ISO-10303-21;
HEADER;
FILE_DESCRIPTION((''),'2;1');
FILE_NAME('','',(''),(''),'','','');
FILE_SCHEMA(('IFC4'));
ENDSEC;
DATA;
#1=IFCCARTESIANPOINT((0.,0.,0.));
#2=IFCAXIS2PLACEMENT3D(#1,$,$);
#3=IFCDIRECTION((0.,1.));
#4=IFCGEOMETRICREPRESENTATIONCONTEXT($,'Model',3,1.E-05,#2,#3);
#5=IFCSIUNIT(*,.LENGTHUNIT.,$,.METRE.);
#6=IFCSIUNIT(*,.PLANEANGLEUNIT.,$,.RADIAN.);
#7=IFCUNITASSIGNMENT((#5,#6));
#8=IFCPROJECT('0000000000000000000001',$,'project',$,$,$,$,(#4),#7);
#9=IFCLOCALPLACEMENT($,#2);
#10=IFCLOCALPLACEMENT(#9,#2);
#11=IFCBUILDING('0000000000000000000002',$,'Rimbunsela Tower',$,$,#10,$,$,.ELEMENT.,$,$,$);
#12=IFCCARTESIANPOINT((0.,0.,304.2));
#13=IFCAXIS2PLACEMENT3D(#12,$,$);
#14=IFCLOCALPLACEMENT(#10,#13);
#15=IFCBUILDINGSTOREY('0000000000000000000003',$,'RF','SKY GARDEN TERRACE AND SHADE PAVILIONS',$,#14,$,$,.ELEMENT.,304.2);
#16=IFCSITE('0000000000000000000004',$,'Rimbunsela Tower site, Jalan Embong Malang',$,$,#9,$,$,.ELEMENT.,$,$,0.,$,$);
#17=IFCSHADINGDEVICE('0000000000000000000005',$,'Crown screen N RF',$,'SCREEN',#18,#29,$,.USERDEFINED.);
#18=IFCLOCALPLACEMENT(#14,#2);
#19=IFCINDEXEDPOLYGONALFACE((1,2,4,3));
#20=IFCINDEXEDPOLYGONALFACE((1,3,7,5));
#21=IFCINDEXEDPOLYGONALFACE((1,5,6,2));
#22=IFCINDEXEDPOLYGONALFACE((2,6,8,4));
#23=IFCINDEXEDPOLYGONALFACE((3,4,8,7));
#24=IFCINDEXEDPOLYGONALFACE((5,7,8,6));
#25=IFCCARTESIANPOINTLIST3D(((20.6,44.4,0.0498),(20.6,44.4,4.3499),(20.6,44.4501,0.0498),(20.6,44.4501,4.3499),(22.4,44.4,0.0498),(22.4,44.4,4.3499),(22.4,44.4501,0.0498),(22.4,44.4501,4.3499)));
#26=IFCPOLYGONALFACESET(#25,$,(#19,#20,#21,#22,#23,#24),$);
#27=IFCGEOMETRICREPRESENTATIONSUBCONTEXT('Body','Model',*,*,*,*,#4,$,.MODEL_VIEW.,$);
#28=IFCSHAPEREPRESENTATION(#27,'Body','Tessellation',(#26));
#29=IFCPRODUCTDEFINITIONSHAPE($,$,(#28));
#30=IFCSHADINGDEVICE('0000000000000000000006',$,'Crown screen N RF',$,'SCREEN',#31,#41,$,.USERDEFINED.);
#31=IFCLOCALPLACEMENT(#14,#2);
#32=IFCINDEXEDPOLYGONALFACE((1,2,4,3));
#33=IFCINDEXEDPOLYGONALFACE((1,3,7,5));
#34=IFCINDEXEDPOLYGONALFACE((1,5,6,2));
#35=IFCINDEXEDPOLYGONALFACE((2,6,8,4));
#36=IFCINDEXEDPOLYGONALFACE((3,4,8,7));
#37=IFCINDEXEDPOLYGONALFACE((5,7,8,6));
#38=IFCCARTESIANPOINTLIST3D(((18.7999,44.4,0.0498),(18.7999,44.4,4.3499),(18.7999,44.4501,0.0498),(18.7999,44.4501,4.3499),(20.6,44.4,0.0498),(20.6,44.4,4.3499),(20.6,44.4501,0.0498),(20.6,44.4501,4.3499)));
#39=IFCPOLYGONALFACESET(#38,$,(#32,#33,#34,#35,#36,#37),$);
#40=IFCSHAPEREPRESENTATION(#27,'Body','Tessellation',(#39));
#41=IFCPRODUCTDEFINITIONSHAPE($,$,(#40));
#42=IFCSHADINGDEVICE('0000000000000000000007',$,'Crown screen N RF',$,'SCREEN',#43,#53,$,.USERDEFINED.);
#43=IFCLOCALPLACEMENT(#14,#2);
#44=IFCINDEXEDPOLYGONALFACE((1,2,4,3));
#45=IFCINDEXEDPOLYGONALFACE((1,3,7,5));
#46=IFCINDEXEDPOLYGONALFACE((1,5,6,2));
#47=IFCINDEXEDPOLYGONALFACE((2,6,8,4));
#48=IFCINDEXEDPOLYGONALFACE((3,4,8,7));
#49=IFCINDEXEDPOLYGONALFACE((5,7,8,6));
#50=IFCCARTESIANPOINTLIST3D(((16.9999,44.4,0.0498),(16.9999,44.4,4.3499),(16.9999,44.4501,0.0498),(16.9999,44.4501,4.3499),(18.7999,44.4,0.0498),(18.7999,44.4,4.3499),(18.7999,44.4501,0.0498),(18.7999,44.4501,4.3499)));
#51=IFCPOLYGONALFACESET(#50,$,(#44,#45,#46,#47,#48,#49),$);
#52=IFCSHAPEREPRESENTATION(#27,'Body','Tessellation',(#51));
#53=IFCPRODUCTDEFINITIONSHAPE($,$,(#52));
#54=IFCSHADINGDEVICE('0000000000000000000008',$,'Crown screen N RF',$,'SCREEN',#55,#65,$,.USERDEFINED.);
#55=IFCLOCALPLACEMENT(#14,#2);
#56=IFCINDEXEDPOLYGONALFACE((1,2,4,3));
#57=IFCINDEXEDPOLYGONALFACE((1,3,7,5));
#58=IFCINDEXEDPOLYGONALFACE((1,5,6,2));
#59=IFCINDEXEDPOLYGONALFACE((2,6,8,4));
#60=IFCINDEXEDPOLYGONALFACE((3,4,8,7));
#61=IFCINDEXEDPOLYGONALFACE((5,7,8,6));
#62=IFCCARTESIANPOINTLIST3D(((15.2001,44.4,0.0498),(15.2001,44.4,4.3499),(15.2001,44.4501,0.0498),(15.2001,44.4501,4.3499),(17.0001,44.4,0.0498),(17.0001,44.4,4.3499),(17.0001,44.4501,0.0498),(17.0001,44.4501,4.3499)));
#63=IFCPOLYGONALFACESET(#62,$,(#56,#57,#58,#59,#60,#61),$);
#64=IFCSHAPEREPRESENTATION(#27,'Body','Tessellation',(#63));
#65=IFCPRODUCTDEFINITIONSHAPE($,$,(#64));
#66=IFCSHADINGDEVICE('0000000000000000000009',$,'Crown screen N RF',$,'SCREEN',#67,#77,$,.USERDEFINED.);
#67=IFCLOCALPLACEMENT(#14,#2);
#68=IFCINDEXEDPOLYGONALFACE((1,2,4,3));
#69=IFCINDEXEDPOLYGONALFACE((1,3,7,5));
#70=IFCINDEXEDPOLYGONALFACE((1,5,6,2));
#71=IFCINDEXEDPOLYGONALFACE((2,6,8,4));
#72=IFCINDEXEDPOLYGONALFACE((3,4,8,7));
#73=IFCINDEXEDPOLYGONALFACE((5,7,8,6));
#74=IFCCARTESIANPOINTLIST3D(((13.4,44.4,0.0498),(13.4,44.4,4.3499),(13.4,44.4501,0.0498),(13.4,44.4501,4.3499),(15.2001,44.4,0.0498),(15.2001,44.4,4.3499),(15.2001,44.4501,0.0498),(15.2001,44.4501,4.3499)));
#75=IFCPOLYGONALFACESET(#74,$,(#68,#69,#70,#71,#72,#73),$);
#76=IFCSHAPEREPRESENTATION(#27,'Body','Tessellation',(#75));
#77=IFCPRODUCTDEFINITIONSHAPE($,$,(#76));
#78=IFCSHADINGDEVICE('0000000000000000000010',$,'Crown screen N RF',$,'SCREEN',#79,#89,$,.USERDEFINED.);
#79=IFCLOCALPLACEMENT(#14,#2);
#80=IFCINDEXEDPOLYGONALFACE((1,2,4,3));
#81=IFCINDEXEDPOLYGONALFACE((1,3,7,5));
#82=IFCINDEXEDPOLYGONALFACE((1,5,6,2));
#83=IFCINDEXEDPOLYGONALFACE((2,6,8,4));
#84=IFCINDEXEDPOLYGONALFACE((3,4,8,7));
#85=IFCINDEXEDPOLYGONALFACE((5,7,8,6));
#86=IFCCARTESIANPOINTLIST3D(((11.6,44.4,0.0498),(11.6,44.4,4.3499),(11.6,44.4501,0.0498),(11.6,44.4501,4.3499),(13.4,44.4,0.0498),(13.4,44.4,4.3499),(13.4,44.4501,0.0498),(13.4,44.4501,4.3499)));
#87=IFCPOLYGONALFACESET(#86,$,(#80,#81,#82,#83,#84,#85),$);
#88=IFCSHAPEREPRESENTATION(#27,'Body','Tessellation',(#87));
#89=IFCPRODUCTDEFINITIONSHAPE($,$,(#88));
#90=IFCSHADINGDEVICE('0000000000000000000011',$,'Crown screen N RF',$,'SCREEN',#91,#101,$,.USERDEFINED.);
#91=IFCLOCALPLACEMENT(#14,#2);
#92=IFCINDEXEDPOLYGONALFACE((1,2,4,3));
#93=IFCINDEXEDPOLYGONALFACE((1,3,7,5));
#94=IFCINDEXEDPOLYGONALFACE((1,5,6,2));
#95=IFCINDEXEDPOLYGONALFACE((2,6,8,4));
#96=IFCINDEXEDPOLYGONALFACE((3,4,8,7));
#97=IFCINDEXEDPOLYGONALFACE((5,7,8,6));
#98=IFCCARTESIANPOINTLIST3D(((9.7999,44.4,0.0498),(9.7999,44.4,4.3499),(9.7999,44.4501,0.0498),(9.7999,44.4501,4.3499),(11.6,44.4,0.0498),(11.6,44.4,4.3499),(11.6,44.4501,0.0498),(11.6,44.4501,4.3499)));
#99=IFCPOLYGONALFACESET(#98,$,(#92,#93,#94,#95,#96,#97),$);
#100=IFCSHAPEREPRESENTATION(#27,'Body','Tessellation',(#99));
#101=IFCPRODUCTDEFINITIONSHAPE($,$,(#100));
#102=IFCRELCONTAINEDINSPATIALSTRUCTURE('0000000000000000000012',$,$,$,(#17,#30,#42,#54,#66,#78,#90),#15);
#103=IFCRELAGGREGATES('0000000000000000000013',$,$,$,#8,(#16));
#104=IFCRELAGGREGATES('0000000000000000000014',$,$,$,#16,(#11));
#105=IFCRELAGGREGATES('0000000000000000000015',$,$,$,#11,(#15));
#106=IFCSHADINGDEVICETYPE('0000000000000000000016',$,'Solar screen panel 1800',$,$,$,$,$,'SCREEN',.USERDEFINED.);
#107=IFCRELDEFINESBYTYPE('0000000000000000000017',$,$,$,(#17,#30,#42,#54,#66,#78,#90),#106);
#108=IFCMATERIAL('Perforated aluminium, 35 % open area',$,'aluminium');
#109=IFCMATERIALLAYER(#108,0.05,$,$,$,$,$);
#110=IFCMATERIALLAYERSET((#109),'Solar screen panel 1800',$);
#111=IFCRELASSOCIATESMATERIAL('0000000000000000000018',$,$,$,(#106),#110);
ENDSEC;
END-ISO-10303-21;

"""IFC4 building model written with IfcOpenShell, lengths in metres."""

from ifc_helpers import new_model, si_unit, direction, frame, origin, origin_2d, place, context, subcontext, project, spatial, rectangle, extrude, material, layer, layer_set, type_object, element, save


model = new_model("IFC4")

# Units and contexts
model_context = context("Model", 3, precision=1e-05, world=origin(), true_north=direction((0.0, 1.0)))
body_context = subcontext(model_context, "Body", "Model", "MODEL_VIEW")
ifc_project = project(units=[si_unit("LENGTHUNIT", "METRE"), si_unit("PLANEANGLEUNIT", "RADIAN")], contexts=[model_context])

# Site, building, storey
site_placement = place(None, origin())
site = spatial("IfcSite", under=ifc_project, at=site_placement, Name="Rimbunsela Tower site, Jalan Embong Malang", CompositionType="ELEMENT", RefElevation=0.0)
building_placement = place(site_placement, origin())
building = spatial("IfcBuilding", under=site, at=building_placement, Name="Rimbunsela Tower", CompositionType="ELEMENT")
storey_placement = place(building_placement, frame((0.0, 0.0, 304.2)))
storey = spatial("IfcBuildingStorey", under=building, at=storey_placement, Name="RF", Description="SKY GARDEN TERRACE AND SHADE PAVILIONS", CompositionType="ELEMENT", Elevation=304.2)

# Shading devices
ifc_material_1 = material(Name="Perforated aluminium, 35 % open area", Category="aluminium")
ifc_layer_1 = layer(ifc_material_1, 0.05)
ifc_layer_set_1 = layer_set([ifc_layer_1], Name="Solar screen panel 1800")
shading_device_type = type_object("IfcShadingDeviceType", Name="Solar screen panel 1800", ElementType="SCREEN", PredefinedType="USERDEFINED", material=ifc_layer_set_1)
for number, where, z_axis, x_axis, name in (
    (1, (21.5, 44.425, 0.0498), (0.0, 0.0, 1.0), (1.0, 0.0, 0.0), "Crown screen N RF"),
    (2, (19.7, 44.425, 0.0498), (0.0, 0.0, 1.0), (1.0, 0.0, 0.0), "Crown screen N RF"),
    (3, (17.8999, 44.425, 0.0498), (0.0, 0.0, 1.0), (1.0, 0.0, 0.0), "Crown screen N RF"),
    (4, (16.1001, 44.425, 0.0498), (0.0, 0.0, 1.0), (1.0, 0.0, 0.0), "Crown screen N RF"),
    (5, (14.3, 44.425, 0.0498), (0.0, 0.0, 1.0), (1.0, 0.0, 0.0), "Crown screen N RF"),
    (6, (12.5, 44.425, 0.0498), (0.0, 0.0, 1.0), (1.0, 0.0, 0.0), "Crown screen N RF"),
    (7, (10.7, 44.425, 0.0498), (0.0, 0.0, 1.0), (1.0, 0.0, 0.0), "Crown screen N RF"),
):
    element("IfcShadingDevice", number, at=place(storey_placement, frame(where, z_axis=z_axis, x_axis=x_axis)), inside=storey, type_object=shading_device_type, Name=name, ObjectType="SCREEN", PredefinedType="USERDEFINED", context=body_context, shape_type="SweptSolid", body=[
        extrude(rectangle(XDim=1.8, YDim=0.05, at=origin_2d()), origin(), (0.0, 0.0, 1.0), 4.3),
    ])

save(model, "model.ifc")
